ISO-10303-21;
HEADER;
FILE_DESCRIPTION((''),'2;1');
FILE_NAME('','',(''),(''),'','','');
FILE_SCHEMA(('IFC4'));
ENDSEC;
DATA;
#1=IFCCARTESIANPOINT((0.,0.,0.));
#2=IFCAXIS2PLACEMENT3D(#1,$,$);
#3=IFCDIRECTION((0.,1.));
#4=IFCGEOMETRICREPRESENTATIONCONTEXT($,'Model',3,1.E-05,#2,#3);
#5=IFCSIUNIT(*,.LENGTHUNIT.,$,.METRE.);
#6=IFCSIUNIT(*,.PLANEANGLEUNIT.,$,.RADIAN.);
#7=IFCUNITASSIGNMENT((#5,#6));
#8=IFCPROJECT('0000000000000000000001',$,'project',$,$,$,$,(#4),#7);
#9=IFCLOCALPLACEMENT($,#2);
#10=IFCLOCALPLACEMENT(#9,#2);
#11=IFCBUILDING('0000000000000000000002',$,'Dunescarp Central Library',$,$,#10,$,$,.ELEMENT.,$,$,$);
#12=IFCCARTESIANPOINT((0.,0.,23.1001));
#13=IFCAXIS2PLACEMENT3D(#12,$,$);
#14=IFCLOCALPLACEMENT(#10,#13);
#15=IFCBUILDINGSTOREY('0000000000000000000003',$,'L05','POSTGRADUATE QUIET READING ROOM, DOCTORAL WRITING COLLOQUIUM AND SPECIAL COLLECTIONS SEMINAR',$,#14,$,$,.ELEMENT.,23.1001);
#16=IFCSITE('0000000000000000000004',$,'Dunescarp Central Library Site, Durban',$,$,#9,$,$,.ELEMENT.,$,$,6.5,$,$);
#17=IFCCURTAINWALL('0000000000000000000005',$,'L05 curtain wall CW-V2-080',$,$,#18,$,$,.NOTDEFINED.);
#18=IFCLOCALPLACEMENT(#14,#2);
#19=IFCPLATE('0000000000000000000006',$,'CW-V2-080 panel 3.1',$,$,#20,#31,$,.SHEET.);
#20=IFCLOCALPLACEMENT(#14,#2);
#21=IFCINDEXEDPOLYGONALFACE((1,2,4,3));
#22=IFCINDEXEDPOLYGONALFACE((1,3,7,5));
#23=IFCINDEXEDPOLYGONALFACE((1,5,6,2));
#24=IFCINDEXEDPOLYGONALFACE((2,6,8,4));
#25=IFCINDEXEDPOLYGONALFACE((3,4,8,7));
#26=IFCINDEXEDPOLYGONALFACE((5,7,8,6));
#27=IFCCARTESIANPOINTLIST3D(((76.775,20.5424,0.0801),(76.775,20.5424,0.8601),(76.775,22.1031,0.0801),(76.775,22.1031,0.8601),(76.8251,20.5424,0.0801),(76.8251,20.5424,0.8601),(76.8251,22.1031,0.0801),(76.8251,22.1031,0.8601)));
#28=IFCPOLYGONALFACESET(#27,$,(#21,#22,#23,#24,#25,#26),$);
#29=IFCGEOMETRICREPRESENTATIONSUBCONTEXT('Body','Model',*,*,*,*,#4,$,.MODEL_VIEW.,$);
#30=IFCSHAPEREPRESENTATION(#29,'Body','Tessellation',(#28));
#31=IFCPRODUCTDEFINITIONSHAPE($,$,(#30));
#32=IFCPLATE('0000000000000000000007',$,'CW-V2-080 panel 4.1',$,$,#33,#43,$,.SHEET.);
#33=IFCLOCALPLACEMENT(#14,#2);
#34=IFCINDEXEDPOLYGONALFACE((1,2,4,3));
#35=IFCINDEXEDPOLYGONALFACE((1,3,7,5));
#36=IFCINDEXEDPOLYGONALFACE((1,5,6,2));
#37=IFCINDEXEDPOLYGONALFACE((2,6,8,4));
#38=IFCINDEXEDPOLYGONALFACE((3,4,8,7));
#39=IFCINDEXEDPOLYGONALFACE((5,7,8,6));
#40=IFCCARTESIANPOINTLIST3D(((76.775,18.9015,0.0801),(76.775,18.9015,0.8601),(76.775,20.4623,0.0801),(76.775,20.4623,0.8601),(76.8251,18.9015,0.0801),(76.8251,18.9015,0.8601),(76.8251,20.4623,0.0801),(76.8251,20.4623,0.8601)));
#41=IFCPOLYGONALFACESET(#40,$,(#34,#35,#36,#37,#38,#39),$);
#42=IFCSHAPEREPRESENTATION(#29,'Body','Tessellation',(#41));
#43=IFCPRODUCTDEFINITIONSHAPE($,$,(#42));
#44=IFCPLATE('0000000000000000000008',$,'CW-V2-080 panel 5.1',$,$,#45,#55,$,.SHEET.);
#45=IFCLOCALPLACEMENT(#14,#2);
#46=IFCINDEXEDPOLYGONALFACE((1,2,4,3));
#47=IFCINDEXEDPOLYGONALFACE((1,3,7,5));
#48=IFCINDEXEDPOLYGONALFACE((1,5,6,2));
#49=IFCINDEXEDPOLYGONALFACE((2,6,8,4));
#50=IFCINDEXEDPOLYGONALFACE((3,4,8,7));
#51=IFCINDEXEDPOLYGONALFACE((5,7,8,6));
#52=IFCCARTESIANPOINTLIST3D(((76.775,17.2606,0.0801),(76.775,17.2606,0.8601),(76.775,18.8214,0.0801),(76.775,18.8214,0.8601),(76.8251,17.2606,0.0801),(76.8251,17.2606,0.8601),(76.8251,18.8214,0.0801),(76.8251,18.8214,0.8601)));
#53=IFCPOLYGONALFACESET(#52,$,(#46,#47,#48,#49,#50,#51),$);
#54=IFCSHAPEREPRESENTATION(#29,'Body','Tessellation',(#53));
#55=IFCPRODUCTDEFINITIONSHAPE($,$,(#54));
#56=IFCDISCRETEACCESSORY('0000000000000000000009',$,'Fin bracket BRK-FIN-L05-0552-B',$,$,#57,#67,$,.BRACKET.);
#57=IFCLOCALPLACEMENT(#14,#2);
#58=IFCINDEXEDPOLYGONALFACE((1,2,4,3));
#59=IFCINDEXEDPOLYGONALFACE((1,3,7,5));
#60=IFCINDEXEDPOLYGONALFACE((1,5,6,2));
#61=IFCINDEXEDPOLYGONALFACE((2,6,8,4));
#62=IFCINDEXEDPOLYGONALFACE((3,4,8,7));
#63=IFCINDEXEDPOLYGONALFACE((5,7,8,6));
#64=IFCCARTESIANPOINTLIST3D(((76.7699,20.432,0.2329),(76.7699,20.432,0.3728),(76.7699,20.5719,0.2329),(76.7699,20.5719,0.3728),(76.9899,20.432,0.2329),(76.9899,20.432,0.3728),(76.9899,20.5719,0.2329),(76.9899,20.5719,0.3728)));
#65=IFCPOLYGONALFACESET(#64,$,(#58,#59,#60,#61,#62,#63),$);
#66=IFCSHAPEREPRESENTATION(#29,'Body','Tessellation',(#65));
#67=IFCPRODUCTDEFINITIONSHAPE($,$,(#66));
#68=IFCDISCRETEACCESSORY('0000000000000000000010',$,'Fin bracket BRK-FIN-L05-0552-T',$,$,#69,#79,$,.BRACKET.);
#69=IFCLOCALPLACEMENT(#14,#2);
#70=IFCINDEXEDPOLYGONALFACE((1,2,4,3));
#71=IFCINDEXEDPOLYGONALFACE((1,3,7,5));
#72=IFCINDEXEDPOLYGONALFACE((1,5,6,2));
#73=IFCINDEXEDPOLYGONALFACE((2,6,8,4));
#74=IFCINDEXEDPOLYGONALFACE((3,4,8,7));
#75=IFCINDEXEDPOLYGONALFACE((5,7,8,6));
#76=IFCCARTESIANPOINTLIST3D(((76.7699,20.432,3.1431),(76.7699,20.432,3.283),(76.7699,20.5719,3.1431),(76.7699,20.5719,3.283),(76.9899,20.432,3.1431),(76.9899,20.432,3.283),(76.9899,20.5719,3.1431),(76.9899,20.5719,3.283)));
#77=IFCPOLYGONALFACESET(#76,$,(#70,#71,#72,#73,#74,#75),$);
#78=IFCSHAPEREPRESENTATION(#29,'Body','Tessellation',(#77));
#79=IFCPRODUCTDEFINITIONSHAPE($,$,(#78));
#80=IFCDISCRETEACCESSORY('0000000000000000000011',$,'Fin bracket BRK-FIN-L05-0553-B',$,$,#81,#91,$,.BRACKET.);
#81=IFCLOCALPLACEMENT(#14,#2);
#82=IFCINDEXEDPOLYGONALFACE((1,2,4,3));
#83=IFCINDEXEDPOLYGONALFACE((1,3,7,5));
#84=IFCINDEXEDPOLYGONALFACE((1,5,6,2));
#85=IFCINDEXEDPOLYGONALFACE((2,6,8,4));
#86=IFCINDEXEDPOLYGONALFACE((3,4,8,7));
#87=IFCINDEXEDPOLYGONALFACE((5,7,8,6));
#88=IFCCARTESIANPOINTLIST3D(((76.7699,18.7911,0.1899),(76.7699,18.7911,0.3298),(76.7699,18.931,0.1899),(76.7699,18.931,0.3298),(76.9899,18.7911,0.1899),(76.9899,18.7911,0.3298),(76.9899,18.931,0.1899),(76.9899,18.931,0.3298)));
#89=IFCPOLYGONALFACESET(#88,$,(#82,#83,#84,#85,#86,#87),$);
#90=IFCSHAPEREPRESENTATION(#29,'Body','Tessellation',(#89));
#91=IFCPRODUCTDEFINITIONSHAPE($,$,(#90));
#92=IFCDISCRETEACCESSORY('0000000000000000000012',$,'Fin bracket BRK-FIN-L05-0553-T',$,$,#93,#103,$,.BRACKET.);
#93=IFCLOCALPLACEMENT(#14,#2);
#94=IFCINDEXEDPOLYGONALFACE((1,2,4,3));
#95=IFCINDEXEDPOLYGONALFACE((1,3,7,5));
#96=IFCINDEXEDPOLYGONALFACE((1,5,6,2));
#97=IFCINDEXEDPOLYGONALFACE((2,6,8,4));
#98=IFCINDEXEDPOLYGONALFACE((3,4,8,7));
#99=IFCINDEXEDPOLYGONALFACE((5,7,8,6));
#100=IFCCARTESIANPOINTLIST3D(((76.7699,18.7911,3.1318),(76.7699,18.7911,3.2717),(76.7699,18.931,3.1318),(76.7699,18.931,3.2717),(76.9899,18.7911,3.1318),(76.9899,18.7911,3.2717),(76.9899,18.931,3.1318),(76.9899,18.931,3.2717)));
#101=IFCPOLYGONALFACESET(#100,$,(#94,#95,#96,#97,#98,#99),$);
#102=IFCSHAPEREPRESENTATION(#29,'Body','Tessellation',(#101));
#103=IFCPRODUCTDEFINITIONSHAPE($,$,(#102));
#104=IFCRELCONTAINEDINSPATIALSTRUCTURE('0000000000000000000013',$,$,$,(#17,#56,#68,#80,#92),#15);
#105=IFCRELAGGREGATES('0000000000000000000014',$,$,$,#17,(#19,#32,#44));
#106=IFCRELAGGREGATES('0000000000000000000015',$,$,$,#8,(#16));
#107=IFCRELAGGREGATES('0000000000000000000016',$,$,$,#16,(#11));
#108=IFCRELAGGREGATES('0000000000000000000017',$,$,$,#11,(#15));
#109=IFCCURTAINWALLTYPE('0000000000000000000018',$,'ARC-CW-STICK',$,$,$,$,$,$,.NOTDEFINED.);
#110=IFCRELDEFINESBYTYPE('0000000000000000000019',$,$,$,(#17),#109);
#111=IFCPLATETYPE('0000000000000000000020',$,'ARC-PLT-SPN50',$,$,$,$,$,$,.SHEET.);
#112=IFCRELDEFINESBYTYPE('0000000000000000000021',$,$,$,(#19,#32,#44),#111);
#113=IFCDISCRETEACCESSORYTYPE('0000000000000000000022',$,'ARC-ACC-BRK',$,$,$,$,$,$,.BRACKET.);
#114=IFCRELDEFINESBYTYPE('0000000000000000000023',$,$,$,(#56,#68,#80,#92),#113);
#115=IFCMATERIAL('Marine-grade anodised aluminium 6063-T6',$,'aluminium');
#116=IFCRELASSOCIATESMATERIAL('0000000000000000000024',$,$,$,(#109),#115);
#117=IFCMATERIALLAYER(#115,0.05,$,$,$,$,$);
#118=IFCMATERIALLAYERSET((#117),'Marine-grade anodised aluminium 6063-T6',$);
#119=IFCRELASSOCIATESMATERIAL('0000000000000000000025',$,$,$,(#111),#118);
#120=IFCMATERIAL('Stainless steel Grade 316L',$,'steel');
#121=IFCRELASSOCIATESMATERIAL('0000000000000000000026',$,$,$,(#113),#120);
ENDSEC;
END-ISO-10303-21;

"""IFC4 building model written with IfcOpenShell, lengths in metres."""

from ifc_helpers import new_model, si_unit, direction, frame, origin, origin_2d, place, context, subcontext, project, spatial, rectangle, extrude, material, layer, layer_set, type_object, element, aggregate, save


model = new_model("IFC4")

# Units and contexts
model_context = context("Model", 3, precision=1e-05, world=origin(), true_north=direction((0.0, 1.0)))
body_context = subcontext(model_context, "Body", "Model", "MODEL_VIEW")
ifc_project = project(units=[si_unit("LENGTHUNIT", "METRE"), si_unit("PLANEANGLEUNIT", "RADIAN")], contexts=[model_context])

# Site, building, storey
site_placement = place(None, origin())
site = spatial("IfcSite", under=ifc_project, at=site_placement, Name="Dunescarp Central Library Site, Durban", CompositionType="ELEMENT", RefElevation=6.5)
building_placement = place(site_placement, origin())
building = spatial("IfcBuilding", under=site, at=building_placement, Name="Dunescarp Central Library", CompositionType="ELEMENT")
storey_placement = place(building_placement, frame((0.0, 0.0, 23.1001)))
storey = spatial("IfcBuildingStorey", under=building, at=storey_placement, Name="L05", Description="POSTGRADUATE QUIET READING ROOM, DOCTORAL WRITING COLLOQUIUM AND SPECIAL COLLECTIONS SEMINAR", CompositionType="ELEMENT", Elevation=23.1001)

# Curtain wall, plates
ifc_material_1 = material(Name="Marine-grade anodised aluminium 6063-T6", Category="aluminium")
curtain_wall_type = type_object("IfcCurtainWallType", Name="ARC-CW-STICK", PredefinedType="NOTDEFINED", material=ifc_material_1)
curtain_wall_placement = place(storey_placement, origin())
curtain_wall = element("IfcCurtainWall", 1, at=curtain_wall_placement, inside=storey, type_object=curtain_wall_type, Name="L05 curtain wall CW-V2-080", PredefinedType="NOTDEFINED")
ifc_layer_1 = layer(ifc_material_1, 0.05)
ifc_layer_set_1 = layer_set([ifc_layer_1], Name="Marine-grade anodised aluminium 6063-T6")
plate_type_1 = type_object("IfcPlateType", Name="ARC-PLT-SPN50", PredefinedType="SHEET", material=ifc_layer_set_1)
plate_1_placement = place(storey_placement, frame((76.8, 21.3228, 0.0801), z_axis=(0.0, 0.0, 1.0), x_axis=(0.0, -1.0, 0.0)))
plate_1 = element("IfcPlate", 2, at=plate_1_placement, type_object=plate_type_1, Name="CW-V2-080 panel 3.1", PredefinedType="SHEET", context=body_context, shape_type="SweptSolid", body=[
    extrude(rectangle(XDim=1.5608, YDim=0.05, at=origin_2d()), origin(), (0.0, 0.0, 1.0), 0.78),
])
plate_2_placement = place(storey_placement, frame((76.8, 19.6819, 0.0801), z_axis=(0.0, 0.0, 1.0), x_axis=(0.0, -1.0, 0.0)))
plate_2 = element("IfcPlate", 3, at=plate_2_placement, type_object=plate_type_1, Name="CW-V2-080 panel 4.1", PredefinedType="SHEET", context=body_context, shape_type="SweptSolid", body=[
    extrude(rectangle(XDim=1.5608, YDim=0.05, at=origin_2d()), origin(), (0.0, 0.0, 1.0), 0.78),
])
plate_3_placement = place(storey_placement, frame((76.8, 18.041, 0.0801), z_axis=(0.0, 0.0, 1.0), x_axis=(0.0, -1.0, 0.0)))
plate_3 = element("IfcPlate", 4, at=plate_3_placement, type_object=plate_type_1, Name="CW-V2-080 panel 5.1", PredefinedType="SHEET", context=body_context, shape_type="SweptSolid", body=[
    extrude(rectangle(XDim=1.5608, YDim=0.05, at=origin_2d()), origin(), (0.0, 0.0, 1.0), 0.78),
])
aggregate(curtain_wall, [plate_1, plate_2, plate_3])

# Discrete accessories
ifc_material_2 = material(Name="Stainless steel Grade 316L", Category="steel")
discrete_accessory_type = type_object("IfcDiscreteAccessoryType", Name="ARC-ACC-BRK", PredefinedType="BRACKET", material=ifc_material_2)
for number, where, z_axis, x_axis, name in (
    (5, (76.8799, 20.502, 0.2329), (0.0, 0.0, 1.0), (1.0, 0.0, 0.0), "Fin bracket BRK-FIN-L05-0552-B"),
    (6, (76.8799, 20.502, 3.1431), (0.0, 0.0, 1.0), (1.0, 0.0, 0.0), "Fin bracket BRK-FIN-L05-0552-T"),
    (7, (76.8799, 18.8611, 0.1899), (0.0, 0.0, 1.0), (1.0, 0.0, 0.0), "Fin bracket BRK-FIN-L05-0553-B"),
    (8, (76.8799, 18.8611, 3.1318), (0.0, 0.0, 1.0), (1.0, 0.0, 0.0), "Fin bracket BRK-FIN-L05-0553-T"),
):
    element("IfcDiscreteAccessory", number, at=place(storey_placement, frame(where, z_axis=z_axis, x_axis=x_axis)), inside=storey, type_object=discrete_accessory_type, Name=name, PredefinedType="BRACKET", context=body_context, shape_type="SweptSolid", body=[
        extrude(rectangle(XDim=0.22, YDim=0.1399, at=origin_2d()), origin(), (0.0, 0.0, 1.0), 0.1399),
    ])

save(model, "model.ifc")
